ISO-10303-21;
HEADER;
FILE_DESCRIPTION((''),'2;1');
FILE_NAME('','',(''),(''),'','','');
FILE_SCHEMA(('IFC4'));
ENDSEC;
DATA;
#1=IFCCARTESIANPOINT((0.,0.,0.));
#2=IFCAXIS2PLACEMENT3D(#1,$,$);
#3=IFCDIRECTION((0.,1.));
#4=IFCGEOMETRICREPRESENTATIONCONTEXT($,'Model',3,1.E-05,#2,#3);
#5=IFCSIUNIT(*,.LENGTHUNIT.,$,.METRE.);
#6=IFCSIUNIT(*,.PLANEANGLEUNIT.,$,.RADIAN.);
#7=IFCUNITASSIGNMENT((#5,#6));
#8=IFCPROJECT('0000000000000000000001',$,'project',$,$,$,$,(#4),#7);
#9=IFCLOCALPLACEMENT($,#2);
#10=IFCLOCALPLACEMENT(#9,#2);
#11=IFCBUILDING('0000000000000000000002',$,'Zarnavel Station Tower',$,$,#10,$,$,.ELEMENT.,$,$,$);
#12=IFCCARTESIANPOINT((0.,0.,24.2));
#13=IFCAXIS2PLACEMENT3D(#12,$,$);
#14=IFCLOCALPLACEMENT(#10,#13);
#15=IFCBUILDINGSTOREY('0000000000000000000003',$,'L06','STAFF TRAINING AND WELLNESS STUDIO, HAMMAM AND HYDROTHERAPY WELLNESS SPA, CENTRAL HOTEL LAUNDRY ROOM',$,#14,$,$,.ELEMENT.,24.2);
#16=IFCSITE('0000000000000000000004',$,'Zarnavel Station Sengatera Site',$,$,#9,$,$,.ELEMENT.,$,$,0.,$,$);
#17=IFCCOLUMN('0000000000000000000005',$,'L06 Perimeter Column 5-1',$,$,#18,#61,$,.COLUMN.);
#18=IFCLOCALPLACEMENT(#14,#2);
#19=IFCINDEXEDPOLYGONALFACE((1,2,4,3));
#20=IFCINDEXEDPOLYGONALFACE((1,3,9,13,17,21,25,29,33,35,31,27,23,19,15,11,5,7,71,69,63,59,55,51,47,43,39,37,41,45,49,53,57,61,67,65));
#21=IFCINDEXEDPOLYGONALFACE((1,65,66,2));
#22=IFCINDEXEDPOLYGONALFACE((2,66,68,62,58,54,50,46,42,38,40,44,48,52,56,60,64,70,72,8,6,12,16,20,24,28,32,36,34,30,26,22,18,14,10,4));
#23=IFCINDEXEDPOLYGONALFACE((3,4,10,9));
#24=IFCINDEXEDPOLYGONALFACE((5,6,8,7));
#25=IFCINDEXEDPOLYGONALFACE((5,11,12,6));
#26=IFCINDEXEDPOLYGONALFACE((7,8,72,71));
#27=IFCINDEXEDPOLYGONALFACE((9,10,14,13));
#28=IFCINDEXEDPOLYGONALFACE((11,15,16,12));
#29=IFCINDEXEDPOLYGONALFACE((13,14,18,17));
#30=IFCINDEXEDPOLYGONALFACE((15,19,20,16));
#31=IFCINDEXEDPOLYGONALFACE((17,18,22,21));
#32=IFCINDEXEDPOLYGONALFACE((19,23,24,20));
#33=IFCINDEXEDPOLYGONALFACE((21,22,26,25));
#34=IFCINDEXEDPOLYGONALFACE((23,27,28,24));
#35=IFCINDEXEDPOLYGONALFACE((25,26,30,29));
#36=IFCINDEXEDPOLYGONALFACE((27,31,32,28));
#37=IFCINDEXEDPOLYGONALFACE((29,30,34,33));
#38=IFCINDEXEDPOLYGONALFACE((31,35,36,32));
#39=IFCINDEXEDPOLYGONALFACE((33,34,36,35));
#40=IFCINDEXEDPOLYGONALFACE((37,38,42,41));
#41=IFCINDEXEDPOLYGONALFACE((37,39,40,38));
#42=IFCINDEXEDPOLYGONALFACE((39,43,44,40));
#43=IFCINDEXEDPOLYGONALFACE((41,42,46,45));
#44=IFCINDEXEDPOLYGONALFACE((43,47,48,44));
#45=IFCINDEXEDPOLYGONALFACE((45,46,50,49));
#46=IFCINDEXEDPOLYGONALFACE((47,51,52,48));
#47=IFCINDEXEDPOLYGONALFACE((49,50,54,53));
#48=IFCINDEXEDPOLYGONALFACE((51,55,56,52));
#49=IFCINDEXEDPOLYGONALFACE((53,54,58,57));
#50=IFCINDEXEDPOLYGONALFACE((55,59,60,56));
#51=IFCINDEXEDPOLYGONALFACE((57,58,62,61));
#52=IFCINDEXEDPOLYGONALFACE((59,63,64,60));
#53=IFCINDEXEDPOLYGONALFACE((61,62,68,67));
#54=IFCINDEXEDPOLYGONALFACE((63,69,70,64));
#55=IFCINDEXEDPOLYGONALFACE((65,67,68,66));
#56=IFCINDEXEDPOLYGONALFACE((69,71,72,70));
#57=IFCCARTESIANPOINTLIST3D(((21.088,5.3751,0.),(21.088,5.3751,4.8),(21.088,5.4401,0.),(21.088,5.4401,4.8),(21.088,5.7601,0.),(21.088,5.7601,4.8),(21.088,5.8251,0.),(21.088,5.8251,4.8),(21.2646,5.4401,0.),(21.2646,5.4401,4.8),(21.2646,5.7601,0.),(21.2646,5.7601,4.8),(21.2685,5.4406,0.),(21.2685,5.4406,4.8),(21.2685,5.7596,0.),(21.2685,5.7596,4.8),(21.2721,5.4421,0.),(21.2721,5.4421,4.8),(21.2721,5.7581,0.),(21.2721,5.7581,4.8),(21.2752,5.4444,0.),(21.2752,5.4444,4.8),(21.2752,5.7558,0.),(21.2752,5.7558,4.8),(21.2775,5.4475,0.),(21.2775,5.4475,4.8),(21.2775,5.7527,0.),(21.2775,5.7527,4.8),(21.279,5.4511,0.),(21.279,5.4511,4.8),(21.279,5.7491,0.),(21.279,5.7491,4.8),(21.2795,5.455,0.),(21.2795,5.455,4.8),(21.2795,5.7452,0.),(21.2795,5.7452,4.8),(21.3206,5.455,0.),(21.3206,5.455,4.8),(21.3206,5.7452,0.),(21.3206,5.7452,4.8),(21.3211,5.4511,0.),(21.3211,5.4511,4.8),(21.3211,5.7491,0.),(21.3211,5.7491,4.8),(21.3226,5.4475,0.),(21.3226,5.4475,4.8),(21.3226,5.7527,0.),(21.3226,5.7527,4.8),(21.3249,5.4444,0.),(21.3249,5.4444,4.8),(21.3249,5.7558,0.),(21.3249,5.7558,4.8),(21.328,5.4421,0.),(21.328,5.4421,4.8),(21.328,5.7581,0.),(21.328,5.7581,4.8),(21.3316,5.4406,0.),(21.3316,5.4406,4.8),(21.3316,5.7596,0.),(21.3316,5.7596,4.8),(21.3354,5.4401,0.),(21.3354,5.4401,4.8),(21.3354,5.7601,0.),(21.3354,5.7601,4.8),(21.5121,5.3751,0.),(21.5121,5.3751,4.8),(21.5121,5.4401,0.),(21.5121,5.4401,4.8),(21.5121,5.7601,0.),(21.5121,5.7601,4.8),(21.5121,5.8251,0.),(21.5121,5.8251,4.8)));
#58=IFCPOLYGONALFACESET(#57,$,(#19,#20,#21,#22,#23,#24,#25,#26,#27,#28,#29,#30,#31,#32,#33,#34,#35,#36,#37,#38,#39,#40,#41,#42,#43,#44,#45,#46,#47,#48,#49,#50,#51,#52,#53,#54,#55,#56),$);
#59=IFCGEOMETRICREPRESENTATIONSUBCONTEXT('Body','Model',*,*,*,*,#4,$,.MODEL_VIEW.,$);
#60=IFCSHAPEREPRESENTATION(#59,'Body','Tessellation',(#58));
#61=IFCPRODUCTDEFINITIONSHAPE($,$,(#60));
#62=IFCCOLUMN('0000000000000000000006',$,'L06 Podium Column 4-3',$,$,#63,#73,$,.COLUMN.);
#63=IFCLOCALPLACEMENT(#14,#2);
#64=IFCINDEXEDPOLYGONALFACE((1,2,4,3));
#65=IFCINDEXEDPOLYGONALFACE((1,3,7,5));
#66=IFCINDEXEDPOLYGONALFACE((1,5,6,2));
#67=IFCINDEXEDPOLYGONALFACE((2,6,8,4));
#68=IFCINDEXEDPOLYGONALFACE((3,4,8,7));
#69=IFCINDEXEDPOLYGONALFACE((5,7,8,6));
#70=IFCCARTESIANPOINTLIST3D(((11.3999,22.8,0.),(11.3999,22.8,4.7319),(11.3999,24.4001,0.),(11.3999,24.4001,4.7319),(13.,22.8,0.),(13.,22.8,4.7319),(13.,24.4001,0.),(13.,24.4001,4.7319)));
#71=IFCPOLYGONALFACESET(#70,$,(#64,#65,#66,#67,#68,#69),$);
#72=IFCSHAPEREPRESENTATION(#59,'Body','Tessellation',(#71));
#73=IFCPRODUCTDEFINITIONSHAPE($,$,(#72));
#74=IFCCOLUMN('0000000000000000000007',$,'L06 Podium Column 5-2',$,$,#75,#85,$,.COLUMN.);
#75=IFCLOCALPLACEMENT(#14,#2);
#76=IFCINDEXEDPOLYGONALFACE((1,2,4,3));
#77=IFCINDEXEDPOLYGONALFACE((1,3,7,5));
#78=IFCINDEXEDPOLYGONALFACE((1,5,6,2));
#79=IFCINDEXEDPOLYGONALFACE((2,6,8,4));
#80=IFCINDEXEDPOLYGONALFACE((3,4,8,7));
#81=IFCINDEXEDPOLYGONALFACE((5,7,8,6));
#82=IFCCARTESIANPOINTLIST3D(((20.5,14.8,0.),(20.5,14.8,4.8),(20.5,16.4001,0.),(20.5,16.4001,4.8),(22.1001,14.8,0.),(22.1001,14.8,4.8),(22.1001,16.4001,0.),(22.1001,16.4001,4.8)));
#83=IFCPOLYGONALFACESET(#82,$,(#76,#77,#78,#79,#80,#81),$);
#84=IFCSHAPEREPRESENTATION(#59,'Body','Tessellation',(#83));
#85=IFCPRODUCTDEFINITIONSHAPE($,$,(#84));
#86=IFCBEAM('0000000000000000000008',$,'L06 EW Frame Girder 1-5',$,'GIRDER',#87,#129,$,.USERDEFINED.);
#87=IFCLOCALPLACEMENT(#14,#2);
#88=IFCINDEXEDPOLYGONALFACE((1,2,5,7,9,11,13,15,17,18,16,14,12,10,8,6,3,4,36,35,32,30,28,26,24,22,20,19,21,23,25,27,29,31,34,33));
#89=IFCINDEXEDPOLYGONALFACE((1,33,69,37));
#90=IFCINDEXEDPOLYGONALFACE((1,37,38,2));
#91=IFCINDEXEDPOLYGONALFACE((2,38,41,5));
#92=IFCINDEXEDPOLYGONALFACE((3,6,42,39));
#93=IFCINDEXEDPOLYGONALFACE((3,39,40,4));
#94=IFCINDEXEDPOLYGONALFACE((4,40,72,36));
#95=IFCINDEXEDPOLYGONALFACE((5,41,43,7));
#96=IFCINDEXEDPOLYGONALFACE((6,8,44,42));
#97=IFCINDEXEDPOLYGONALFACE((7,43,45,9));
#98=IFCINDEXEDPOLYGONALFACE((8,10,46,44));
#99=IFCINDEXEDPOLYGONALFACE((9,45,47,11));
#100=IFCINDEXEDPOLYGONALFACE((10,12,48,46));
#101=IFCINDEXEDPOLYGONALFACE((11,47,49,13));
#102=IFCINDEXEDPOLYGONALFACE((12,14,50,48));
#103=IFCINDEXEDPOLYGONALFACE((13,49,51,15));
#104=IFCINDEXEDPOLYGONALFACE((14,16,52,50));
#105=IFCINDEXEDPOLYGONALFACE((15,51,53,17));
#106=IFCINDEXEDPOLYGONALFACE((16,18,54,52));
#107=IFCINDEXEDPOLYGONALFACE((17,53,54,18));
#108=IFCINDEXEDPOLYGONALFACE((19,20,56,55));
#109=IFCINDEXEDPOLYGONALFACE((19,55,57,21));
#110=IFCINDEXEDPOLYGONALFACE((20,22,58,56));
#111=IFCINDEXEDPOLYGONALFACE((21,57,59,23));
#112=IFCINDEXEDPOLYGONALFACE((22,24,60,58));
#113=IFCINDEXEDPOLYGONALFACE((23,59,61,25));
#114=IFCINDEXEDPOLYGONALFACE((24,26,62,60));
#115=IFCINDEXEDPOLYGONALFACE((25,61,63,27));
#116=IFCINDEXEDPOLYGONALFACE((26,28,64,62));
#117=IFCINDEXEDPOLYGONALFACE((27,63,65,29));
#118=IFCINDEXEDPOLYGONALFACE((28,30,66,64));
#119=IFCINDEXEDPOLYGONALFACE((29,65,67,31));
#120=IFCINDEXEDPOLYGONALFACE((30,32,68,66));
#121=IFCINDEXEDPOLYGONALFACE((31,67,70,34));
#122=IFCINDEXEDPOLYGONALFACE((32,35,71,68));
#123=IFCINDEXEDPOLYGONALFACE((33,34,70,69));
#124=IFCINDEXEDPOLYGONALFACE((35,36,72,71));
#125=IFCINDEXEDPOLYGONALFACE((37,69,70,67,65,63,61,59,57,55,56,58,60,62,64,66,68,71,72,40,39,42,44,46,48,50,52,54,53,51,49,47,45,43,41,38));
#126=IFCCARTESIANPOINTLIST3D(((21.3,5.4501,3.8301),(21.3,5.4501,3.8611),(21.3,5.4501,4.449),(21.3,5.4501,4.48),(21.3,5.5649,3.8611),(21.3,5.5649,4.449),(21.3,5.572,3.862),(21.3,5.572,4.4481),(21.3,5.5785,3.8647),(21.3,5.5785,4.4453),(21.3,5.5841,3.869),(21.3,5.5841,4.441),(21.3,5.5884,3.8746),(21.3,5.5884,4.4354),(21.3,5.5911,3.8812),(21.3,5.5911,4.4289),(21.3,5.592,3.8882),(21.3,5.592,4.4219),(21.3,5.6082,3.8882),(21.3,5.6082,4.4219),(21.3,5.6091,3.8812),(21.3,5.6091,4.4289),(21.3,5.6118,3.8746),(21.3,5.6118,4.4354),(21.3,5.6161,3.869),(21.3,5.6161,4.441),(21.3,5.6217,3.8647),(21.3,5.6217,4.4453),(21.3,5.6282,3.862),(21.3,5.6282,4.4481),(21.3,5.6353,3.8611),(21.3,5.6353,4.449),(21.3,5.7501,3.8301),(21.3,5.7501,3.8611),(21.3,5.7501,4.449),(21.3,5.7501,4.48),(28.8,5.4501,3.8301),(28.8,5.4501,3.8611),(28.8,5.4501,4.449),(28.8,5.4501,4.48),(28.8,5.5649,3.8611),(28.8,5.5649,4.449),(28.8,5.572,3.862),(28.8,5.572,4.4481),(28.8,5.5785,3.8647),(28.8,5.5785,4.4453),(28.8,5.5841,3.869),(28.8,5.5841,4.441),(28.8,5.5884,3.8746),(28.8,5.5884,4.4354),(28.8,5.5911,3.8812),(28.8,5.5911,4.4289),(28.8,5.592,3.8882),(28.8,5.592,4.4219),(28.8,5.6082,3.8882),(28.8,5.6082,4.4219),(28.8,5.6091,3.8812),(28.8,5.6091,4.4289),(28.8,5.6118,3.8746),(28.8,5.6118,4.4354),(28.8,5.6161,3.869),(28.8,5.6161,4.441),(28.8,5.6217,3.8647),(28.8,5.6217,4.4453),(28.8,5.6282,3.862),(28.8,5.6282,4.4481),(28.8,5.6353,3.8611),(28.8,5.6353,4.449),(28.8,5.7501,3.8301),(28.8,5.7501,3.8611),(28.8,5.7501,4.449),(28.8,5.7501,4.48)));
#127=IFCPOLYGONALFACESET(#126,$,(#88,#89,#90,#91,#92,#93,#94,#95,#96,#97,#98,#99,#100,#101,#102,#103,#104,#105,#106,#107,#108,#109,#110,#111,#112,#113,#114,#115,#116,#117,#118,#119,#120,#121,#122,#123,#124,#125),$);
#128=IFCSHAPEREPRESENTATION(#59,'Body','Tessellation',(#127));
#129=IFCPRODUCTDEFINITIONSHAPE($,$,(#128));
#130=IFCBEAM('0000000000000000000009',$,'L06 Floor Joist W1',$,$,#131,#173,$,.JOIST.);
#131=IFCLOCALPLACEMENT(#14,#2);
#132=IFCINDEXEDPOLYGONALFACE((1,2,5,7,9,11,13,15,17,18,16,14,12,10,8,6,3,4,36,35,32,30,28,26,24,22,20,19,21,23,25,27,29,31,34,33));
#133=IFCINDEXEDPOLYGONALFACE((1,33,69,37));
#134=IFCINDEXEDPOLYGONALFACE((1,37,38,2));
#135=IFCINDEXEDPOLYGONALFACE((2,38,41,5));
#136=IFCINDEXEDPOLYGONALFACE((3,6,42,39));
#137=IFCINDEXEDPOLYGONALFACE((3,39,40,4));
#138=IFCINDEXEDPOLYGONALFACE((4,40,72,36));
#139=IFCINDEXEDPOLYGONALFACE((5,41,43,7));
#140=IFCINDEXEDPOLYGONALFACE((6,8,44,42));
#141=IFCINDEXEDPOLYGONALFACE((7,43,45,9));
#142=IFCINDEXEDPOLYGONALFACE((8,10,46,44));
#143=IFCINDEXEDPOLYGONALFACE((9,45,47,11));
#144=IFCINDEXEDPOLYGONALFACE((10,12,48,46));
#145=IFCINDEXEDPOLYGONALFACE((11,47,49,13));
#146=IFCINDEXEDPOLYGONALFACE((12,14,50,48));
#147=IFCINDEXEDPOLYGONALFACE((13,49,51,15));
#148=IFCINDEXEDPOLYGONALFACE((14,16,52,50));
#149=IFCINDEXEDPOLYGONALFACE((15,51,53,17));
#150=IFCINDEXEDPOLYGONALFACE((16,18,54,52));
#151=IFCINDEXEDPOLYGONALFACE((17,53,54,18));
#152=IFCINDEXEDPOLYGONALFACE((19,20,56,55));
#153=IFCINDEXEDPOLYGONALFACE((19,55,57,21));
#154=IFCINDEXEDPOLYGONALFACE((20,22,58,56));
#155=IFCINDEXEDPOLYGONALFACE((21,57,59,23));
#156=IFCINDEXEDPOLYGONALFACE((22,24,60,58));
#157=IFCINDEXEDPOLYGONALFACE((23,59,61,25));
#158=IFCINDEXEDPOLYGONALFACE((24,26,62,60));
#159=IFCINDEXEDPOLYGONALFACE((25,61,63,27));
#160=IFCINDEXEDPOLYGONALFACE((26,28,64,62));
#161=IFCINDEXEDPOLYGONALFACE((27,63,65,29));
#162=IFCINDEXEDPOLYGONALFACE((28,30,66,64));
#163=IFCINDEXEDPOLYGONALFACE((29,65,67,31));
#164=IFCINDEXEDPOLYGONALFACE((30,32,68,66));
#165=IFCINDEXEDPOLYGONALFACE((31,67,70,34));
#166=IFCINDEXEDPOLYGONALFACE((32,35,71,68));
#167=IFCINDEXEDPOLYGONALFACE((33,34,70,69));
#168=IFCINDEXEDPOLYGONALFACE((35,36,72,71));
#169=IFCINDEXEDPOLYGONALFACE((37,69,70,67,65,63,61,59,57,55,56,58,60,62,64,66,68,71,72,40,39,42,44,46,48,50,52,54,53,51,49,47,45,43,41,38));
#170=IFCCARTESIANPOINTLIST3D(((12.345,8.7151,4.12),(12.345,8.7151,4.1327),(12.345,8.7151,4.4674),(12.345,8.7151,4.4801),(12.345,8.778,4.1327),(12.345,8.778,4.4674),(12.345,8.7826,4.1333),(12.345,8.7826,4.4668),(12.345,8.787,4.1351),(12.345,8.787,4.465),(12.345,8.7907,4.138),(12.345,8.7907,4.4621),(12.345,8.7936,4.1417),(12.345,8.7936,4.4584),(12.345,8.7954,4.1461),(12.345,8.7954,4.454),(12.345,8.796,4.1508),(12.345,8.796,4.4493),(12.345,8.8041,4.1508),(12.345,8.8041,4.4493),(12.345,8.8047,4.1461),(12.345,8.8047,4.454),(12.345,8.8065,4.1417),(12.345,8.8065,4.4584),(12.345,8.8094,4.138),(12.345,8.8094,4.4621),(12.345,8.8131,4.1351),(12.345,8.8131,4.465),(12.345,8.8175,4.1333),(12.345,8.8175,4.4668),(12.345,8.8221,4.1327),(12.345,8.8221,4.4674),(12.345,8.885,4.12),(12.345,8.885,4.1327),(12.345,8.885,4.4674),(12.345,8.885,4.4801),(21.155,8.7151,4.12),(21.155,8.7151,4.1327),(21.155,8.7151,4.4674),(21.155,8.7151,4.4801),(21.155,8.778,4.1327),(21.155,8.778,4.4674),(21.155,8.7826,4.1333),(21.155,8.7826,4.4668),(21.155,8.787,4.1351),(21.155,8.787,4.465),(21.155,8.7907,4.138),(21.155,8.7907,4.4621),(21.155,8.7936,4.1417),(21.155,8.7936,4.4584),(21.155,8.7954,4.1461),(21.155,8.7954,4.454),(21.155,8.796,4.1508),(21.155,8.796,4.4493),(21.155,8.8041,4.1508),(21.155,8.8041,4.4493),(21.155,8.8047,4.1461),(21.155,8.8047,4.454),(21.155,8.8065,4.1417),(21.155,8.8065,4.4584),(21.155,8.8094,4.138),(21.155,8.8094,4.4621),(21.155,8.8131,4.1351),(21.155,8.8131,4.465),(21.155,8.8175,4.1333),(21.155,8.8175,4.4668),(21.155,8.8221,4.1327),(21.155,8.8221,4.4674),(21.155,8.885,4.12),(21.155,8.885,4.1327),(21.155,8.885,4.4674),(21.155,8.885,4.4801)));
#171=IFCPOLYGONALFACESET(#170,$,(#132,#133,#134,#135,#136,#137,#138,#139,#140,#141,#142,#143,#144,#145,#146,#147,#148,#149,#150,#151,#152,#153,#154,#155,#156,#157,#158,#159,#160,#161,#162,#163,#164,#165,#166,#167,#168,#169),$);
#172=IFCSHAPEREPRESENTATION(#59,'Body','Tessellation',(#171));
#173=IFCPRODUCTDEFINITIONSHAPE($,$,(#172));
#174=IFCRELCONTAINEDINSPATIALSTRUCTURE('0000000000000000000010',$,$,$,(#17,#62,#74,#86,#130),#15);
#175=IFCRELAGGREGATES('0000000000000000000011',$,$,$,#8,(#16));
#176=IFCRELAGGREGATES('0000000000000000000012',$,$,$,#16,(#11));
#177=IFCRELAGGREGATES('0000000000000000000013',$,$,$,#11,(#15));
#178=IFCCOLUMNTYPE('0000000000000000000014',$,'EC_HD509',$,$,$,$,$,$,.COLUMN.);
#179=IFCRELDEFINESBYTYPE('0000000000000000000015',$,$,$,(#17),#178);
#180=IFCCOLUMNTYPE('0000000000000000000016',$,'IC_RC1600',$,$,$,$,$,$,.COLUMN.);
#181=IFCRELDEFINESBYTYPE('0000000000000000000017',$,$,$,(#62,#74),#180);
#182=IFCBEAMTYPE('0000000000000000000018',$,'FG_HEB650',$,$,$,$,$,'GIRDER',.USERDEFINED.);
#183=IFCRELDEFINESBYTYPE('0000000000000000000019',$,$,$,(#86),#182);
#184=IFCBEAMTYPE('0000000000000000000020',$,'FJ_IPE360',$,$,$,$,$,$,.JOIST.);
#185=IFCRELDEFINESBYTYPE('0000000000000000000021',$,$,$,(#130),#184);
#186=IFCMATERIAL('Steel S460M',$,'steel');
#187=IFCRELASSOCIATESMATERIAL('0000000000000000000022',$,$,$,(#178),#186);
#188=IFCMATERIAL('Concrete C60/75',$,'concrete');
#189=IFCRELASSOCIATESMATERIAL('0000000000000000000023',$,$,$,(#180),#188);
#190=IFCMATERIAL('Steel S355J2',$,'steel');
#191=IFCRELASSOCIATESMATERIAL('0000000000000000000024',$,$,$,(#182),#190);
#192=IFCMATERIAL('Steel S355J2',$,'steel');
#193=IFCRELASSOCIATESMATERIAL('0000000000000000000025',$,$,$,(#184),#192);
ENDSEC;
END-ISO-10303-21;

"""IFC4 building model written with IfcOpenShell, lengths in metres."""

from ifc_helpers import new_model, si_unit, direction, frame, origin, origin_2d, place, context, subcontext, project, spatial, rectangle, i_section, extrude, material, material_profile, profile_set, type_object, element, save


model = new_model("IFC4")

# Units and contexts
model_context = context("Model", 3, precision=1e-05, world=origin(), true_north=direction((0.0, 1.0)))
body_context = subcontext(model_context, "Body", "Model", "MODEL_VIEW")
ifc_project = project(units=[si_unit("LENGTHUNIT", "METRE"), si_unit("PLANEANGLEUNIT", "RADIAN")], contexts=[model_context])

# Site, building, storey
site_placement = place(None, origin())
site = spatial("IfcSite", under=ifc_project, at=site_placement, Name="Zarnavel Station Sengatera Site", CompositionType="ELEMENT", RefElevation=0.0)
building_placement = place(site_placement, origin())
building = spatial("IfcBuilding", under=site, at=building_placement, Name="Zarnavel Station Tower", CompositionType="ELEMENT")
storey_placement = place(building_placement, frame((0.0, 0.0, 24.2)))
storey = spatial("IfcBuildingStorey", under=building, at=storey_placement, Name="L06", Description="STAFF TRAINING AND WELLNESS STUDIO, HAMMAM AND HYDROTHERAPY WELLNESS SPA, CENTRAL HOTEL LAUNDRY ROOM", CompositionType="ELEMENT", Elevation=24.2)

# Columns
ifc_material_1 = material(Name="Steel S460M", Category="steel")
ifc_material_profile_1 = material_profile(ifc_material_1, i_section(OverallWidth=0.4241, OverallDepth=0.45, WebThickness=0.041, FlangeThickness=0.0649, FilletRadius=0.0149, at=origin_2d()), Name="HD400x509")
ifc_profile_set_1 = profile_set([ifc_material_profile_1], Name="Steel S460M")
column_type_1 = type_object("IfcColumnType", Name="EC_HD509", PredefinedType="COLUMN", material=ifc_profile_set_1)
column_1_placement = place(storey_placement, frame((21.3, 5.6001, 0.0), z_axis=(0.0, 0.0, 1.0), x_axis=(1.0, 0.0, 0.0)))
element("IfcColumn", 1, at=column_1_placement, inside=storey, type_object=column_type_1, Name="L06 Perimeter Column 5-1", PredefinedType="COLUMN", context=body_context, shape_type="SweptSolid", body=[
    extrude(i_section(OverallWidth=0.4241, OverallDepth=0.45, WebThickness=0.041, FlangeThickness=0.0649, FilletRadius=0.0149, at=origin_2d()), origin(), (0.0, 0.0, 1.0), 4.8),
])
ifc_material_2 = material(Name="Concrete C60/75", Category="concrete")
ifc_material_profile_2 = material_profile(ifc_material_2, rectangle(XDim=1.6001, YDim=1.6001, at=origin_2d()), Name="RC1600x1600")
ifc_profile_set_2 = profile_set([ifc_material_profile_2], Name="Concrete C60/75")
column_type_2 = type_object("IfcColumnType", Name="IC_RC1600", PredefinedType="COLUMN", material=ifc_profile_set_2)
column_2_placement = place(storey_placement, frame((12.2, 23.6001, 0.0), z_axis=(0.0, 0.0, 1.0), x_axis=(1.0, 0.0, 0.0)))
element("IfcColumn", 2, at=column_2_placement, inside=storey, type_object=column_type_2, Name="L06 Podium Column 4-3", PredefinedType="COLUMN", context=body_context, shape_type="SweptSolid", body=[
    extrude(rectangle(XDim=1.6001, YDim=1.6001, at=origin_2d()), origin(), (0.0, 0.0, 1.0), 4.7319),
])
column_3_placement = place(storey_placement, frame((21.3, 15.6001, 0.0), z_axis=(0.0, 0.0, 1.0), x_axis=(1.0, 0.0, 0.0)))
element("IfcColumn", 3, at=column_3_placement, inside=storey, type_object=column_type_2, Name="L06 Podium Column 5-2", PredefinedType="COLUMN", context=body_context, shape_type="SweptSolid", body=[
    extrude(rectangle(XDim=1.6001, YDim=1.6001, at=origin_2d()), origin(), (0.0, 0.0, 1.0), 4.8),
])

# Beams
ifc_material_3 = material(Name="Steel S355J2", Category="steel")
ifc_material_profile_3 = material_profile(ifc_material_3, i_section(OverallWidth=0.3, OverallDepth=0.6499, WebThickness=0.0161, FlangeThickness=0.031, FilletRadius=0.0271, at=origin_2d()), Name="HEB650")
ifc_profile_set_3 = profile_set([ifc_material_profile_3], Name="Steel S355J2")
beam_type_1 = type_object("IfcBeamType", Name="FG_HEB650", ElementType="GIRDER", PredefinedType="USERDEFINED", material=ifc_profile_set_3)
beam_1_placement = place(storey_placement, frame((21.3, 5.6001, 4.155), z_axis=(1.0, 0.0, 0.0), x_axis=(0.0, 1.0, 0.0)))
element("IfcBeam", 4, at=beam_1_placement, inside=storey, type_object=beam_type_1, Name="L06 EW Frame Girder 1-5", ObjectType="GIRDER", PredefinedType="USERDEFINED", context=body_context, shape_type="SweptSolid", body=[
    extrude(i_section(OverallWidth=0.3, OverallDepth=0.6499, WebThickness=0.0161, FlangeThickness=0.031, FilletRadius=0.0271, at=origin_2d()), origin(), (0.0, 0.0, 1.0), 7.5),
])
ifc_material_4 = material(Name="Steel S355J2", Category="steel")
ifc_material_profile_4 = material_profile(ifc_material_4, i_section(OverallWidth=0.1699, OverallDepth=0.3601, WebThickness=0.0081, FlangeThickness=0.0127, FilletRadius=0.0181, at=origin_2d()), Name="IPE360")
ifc_profile_set_4 = profile_set([ifc_material_profile_4], Name="Steel S355J2")
beam_type_2 = type_object("IfcBeamType", Name="FJ_IPE360", PredefinedType="JOIST", material=ifc_profile_set_4)
beam_2_placement = place(storey_placement, frame((12.345, 8.8, 4.3), z_axis=(1.0, 0.0, 0.0), x_axis=(0.0, 1.0, 0.0)))
element("IfcBeam", 5, at=beam_2_placement, inside=storey, type_object=beam_type_2, Name="L06 Floor Joist W1", PredefinedType="JOIST", context=body_context, shape_type="SweptSolid", body=[
    extrude(i_section(OverallWidth=0.1699, OverallDepth=0.3601, WebThickness=0.0081, FlangeThickness=0.0127, FilletRadius=0.0181, at=origin_2d()), origin(), (0.0, 0.0, 1.0), 8.8101),
])

save(model, "model.ifc")
